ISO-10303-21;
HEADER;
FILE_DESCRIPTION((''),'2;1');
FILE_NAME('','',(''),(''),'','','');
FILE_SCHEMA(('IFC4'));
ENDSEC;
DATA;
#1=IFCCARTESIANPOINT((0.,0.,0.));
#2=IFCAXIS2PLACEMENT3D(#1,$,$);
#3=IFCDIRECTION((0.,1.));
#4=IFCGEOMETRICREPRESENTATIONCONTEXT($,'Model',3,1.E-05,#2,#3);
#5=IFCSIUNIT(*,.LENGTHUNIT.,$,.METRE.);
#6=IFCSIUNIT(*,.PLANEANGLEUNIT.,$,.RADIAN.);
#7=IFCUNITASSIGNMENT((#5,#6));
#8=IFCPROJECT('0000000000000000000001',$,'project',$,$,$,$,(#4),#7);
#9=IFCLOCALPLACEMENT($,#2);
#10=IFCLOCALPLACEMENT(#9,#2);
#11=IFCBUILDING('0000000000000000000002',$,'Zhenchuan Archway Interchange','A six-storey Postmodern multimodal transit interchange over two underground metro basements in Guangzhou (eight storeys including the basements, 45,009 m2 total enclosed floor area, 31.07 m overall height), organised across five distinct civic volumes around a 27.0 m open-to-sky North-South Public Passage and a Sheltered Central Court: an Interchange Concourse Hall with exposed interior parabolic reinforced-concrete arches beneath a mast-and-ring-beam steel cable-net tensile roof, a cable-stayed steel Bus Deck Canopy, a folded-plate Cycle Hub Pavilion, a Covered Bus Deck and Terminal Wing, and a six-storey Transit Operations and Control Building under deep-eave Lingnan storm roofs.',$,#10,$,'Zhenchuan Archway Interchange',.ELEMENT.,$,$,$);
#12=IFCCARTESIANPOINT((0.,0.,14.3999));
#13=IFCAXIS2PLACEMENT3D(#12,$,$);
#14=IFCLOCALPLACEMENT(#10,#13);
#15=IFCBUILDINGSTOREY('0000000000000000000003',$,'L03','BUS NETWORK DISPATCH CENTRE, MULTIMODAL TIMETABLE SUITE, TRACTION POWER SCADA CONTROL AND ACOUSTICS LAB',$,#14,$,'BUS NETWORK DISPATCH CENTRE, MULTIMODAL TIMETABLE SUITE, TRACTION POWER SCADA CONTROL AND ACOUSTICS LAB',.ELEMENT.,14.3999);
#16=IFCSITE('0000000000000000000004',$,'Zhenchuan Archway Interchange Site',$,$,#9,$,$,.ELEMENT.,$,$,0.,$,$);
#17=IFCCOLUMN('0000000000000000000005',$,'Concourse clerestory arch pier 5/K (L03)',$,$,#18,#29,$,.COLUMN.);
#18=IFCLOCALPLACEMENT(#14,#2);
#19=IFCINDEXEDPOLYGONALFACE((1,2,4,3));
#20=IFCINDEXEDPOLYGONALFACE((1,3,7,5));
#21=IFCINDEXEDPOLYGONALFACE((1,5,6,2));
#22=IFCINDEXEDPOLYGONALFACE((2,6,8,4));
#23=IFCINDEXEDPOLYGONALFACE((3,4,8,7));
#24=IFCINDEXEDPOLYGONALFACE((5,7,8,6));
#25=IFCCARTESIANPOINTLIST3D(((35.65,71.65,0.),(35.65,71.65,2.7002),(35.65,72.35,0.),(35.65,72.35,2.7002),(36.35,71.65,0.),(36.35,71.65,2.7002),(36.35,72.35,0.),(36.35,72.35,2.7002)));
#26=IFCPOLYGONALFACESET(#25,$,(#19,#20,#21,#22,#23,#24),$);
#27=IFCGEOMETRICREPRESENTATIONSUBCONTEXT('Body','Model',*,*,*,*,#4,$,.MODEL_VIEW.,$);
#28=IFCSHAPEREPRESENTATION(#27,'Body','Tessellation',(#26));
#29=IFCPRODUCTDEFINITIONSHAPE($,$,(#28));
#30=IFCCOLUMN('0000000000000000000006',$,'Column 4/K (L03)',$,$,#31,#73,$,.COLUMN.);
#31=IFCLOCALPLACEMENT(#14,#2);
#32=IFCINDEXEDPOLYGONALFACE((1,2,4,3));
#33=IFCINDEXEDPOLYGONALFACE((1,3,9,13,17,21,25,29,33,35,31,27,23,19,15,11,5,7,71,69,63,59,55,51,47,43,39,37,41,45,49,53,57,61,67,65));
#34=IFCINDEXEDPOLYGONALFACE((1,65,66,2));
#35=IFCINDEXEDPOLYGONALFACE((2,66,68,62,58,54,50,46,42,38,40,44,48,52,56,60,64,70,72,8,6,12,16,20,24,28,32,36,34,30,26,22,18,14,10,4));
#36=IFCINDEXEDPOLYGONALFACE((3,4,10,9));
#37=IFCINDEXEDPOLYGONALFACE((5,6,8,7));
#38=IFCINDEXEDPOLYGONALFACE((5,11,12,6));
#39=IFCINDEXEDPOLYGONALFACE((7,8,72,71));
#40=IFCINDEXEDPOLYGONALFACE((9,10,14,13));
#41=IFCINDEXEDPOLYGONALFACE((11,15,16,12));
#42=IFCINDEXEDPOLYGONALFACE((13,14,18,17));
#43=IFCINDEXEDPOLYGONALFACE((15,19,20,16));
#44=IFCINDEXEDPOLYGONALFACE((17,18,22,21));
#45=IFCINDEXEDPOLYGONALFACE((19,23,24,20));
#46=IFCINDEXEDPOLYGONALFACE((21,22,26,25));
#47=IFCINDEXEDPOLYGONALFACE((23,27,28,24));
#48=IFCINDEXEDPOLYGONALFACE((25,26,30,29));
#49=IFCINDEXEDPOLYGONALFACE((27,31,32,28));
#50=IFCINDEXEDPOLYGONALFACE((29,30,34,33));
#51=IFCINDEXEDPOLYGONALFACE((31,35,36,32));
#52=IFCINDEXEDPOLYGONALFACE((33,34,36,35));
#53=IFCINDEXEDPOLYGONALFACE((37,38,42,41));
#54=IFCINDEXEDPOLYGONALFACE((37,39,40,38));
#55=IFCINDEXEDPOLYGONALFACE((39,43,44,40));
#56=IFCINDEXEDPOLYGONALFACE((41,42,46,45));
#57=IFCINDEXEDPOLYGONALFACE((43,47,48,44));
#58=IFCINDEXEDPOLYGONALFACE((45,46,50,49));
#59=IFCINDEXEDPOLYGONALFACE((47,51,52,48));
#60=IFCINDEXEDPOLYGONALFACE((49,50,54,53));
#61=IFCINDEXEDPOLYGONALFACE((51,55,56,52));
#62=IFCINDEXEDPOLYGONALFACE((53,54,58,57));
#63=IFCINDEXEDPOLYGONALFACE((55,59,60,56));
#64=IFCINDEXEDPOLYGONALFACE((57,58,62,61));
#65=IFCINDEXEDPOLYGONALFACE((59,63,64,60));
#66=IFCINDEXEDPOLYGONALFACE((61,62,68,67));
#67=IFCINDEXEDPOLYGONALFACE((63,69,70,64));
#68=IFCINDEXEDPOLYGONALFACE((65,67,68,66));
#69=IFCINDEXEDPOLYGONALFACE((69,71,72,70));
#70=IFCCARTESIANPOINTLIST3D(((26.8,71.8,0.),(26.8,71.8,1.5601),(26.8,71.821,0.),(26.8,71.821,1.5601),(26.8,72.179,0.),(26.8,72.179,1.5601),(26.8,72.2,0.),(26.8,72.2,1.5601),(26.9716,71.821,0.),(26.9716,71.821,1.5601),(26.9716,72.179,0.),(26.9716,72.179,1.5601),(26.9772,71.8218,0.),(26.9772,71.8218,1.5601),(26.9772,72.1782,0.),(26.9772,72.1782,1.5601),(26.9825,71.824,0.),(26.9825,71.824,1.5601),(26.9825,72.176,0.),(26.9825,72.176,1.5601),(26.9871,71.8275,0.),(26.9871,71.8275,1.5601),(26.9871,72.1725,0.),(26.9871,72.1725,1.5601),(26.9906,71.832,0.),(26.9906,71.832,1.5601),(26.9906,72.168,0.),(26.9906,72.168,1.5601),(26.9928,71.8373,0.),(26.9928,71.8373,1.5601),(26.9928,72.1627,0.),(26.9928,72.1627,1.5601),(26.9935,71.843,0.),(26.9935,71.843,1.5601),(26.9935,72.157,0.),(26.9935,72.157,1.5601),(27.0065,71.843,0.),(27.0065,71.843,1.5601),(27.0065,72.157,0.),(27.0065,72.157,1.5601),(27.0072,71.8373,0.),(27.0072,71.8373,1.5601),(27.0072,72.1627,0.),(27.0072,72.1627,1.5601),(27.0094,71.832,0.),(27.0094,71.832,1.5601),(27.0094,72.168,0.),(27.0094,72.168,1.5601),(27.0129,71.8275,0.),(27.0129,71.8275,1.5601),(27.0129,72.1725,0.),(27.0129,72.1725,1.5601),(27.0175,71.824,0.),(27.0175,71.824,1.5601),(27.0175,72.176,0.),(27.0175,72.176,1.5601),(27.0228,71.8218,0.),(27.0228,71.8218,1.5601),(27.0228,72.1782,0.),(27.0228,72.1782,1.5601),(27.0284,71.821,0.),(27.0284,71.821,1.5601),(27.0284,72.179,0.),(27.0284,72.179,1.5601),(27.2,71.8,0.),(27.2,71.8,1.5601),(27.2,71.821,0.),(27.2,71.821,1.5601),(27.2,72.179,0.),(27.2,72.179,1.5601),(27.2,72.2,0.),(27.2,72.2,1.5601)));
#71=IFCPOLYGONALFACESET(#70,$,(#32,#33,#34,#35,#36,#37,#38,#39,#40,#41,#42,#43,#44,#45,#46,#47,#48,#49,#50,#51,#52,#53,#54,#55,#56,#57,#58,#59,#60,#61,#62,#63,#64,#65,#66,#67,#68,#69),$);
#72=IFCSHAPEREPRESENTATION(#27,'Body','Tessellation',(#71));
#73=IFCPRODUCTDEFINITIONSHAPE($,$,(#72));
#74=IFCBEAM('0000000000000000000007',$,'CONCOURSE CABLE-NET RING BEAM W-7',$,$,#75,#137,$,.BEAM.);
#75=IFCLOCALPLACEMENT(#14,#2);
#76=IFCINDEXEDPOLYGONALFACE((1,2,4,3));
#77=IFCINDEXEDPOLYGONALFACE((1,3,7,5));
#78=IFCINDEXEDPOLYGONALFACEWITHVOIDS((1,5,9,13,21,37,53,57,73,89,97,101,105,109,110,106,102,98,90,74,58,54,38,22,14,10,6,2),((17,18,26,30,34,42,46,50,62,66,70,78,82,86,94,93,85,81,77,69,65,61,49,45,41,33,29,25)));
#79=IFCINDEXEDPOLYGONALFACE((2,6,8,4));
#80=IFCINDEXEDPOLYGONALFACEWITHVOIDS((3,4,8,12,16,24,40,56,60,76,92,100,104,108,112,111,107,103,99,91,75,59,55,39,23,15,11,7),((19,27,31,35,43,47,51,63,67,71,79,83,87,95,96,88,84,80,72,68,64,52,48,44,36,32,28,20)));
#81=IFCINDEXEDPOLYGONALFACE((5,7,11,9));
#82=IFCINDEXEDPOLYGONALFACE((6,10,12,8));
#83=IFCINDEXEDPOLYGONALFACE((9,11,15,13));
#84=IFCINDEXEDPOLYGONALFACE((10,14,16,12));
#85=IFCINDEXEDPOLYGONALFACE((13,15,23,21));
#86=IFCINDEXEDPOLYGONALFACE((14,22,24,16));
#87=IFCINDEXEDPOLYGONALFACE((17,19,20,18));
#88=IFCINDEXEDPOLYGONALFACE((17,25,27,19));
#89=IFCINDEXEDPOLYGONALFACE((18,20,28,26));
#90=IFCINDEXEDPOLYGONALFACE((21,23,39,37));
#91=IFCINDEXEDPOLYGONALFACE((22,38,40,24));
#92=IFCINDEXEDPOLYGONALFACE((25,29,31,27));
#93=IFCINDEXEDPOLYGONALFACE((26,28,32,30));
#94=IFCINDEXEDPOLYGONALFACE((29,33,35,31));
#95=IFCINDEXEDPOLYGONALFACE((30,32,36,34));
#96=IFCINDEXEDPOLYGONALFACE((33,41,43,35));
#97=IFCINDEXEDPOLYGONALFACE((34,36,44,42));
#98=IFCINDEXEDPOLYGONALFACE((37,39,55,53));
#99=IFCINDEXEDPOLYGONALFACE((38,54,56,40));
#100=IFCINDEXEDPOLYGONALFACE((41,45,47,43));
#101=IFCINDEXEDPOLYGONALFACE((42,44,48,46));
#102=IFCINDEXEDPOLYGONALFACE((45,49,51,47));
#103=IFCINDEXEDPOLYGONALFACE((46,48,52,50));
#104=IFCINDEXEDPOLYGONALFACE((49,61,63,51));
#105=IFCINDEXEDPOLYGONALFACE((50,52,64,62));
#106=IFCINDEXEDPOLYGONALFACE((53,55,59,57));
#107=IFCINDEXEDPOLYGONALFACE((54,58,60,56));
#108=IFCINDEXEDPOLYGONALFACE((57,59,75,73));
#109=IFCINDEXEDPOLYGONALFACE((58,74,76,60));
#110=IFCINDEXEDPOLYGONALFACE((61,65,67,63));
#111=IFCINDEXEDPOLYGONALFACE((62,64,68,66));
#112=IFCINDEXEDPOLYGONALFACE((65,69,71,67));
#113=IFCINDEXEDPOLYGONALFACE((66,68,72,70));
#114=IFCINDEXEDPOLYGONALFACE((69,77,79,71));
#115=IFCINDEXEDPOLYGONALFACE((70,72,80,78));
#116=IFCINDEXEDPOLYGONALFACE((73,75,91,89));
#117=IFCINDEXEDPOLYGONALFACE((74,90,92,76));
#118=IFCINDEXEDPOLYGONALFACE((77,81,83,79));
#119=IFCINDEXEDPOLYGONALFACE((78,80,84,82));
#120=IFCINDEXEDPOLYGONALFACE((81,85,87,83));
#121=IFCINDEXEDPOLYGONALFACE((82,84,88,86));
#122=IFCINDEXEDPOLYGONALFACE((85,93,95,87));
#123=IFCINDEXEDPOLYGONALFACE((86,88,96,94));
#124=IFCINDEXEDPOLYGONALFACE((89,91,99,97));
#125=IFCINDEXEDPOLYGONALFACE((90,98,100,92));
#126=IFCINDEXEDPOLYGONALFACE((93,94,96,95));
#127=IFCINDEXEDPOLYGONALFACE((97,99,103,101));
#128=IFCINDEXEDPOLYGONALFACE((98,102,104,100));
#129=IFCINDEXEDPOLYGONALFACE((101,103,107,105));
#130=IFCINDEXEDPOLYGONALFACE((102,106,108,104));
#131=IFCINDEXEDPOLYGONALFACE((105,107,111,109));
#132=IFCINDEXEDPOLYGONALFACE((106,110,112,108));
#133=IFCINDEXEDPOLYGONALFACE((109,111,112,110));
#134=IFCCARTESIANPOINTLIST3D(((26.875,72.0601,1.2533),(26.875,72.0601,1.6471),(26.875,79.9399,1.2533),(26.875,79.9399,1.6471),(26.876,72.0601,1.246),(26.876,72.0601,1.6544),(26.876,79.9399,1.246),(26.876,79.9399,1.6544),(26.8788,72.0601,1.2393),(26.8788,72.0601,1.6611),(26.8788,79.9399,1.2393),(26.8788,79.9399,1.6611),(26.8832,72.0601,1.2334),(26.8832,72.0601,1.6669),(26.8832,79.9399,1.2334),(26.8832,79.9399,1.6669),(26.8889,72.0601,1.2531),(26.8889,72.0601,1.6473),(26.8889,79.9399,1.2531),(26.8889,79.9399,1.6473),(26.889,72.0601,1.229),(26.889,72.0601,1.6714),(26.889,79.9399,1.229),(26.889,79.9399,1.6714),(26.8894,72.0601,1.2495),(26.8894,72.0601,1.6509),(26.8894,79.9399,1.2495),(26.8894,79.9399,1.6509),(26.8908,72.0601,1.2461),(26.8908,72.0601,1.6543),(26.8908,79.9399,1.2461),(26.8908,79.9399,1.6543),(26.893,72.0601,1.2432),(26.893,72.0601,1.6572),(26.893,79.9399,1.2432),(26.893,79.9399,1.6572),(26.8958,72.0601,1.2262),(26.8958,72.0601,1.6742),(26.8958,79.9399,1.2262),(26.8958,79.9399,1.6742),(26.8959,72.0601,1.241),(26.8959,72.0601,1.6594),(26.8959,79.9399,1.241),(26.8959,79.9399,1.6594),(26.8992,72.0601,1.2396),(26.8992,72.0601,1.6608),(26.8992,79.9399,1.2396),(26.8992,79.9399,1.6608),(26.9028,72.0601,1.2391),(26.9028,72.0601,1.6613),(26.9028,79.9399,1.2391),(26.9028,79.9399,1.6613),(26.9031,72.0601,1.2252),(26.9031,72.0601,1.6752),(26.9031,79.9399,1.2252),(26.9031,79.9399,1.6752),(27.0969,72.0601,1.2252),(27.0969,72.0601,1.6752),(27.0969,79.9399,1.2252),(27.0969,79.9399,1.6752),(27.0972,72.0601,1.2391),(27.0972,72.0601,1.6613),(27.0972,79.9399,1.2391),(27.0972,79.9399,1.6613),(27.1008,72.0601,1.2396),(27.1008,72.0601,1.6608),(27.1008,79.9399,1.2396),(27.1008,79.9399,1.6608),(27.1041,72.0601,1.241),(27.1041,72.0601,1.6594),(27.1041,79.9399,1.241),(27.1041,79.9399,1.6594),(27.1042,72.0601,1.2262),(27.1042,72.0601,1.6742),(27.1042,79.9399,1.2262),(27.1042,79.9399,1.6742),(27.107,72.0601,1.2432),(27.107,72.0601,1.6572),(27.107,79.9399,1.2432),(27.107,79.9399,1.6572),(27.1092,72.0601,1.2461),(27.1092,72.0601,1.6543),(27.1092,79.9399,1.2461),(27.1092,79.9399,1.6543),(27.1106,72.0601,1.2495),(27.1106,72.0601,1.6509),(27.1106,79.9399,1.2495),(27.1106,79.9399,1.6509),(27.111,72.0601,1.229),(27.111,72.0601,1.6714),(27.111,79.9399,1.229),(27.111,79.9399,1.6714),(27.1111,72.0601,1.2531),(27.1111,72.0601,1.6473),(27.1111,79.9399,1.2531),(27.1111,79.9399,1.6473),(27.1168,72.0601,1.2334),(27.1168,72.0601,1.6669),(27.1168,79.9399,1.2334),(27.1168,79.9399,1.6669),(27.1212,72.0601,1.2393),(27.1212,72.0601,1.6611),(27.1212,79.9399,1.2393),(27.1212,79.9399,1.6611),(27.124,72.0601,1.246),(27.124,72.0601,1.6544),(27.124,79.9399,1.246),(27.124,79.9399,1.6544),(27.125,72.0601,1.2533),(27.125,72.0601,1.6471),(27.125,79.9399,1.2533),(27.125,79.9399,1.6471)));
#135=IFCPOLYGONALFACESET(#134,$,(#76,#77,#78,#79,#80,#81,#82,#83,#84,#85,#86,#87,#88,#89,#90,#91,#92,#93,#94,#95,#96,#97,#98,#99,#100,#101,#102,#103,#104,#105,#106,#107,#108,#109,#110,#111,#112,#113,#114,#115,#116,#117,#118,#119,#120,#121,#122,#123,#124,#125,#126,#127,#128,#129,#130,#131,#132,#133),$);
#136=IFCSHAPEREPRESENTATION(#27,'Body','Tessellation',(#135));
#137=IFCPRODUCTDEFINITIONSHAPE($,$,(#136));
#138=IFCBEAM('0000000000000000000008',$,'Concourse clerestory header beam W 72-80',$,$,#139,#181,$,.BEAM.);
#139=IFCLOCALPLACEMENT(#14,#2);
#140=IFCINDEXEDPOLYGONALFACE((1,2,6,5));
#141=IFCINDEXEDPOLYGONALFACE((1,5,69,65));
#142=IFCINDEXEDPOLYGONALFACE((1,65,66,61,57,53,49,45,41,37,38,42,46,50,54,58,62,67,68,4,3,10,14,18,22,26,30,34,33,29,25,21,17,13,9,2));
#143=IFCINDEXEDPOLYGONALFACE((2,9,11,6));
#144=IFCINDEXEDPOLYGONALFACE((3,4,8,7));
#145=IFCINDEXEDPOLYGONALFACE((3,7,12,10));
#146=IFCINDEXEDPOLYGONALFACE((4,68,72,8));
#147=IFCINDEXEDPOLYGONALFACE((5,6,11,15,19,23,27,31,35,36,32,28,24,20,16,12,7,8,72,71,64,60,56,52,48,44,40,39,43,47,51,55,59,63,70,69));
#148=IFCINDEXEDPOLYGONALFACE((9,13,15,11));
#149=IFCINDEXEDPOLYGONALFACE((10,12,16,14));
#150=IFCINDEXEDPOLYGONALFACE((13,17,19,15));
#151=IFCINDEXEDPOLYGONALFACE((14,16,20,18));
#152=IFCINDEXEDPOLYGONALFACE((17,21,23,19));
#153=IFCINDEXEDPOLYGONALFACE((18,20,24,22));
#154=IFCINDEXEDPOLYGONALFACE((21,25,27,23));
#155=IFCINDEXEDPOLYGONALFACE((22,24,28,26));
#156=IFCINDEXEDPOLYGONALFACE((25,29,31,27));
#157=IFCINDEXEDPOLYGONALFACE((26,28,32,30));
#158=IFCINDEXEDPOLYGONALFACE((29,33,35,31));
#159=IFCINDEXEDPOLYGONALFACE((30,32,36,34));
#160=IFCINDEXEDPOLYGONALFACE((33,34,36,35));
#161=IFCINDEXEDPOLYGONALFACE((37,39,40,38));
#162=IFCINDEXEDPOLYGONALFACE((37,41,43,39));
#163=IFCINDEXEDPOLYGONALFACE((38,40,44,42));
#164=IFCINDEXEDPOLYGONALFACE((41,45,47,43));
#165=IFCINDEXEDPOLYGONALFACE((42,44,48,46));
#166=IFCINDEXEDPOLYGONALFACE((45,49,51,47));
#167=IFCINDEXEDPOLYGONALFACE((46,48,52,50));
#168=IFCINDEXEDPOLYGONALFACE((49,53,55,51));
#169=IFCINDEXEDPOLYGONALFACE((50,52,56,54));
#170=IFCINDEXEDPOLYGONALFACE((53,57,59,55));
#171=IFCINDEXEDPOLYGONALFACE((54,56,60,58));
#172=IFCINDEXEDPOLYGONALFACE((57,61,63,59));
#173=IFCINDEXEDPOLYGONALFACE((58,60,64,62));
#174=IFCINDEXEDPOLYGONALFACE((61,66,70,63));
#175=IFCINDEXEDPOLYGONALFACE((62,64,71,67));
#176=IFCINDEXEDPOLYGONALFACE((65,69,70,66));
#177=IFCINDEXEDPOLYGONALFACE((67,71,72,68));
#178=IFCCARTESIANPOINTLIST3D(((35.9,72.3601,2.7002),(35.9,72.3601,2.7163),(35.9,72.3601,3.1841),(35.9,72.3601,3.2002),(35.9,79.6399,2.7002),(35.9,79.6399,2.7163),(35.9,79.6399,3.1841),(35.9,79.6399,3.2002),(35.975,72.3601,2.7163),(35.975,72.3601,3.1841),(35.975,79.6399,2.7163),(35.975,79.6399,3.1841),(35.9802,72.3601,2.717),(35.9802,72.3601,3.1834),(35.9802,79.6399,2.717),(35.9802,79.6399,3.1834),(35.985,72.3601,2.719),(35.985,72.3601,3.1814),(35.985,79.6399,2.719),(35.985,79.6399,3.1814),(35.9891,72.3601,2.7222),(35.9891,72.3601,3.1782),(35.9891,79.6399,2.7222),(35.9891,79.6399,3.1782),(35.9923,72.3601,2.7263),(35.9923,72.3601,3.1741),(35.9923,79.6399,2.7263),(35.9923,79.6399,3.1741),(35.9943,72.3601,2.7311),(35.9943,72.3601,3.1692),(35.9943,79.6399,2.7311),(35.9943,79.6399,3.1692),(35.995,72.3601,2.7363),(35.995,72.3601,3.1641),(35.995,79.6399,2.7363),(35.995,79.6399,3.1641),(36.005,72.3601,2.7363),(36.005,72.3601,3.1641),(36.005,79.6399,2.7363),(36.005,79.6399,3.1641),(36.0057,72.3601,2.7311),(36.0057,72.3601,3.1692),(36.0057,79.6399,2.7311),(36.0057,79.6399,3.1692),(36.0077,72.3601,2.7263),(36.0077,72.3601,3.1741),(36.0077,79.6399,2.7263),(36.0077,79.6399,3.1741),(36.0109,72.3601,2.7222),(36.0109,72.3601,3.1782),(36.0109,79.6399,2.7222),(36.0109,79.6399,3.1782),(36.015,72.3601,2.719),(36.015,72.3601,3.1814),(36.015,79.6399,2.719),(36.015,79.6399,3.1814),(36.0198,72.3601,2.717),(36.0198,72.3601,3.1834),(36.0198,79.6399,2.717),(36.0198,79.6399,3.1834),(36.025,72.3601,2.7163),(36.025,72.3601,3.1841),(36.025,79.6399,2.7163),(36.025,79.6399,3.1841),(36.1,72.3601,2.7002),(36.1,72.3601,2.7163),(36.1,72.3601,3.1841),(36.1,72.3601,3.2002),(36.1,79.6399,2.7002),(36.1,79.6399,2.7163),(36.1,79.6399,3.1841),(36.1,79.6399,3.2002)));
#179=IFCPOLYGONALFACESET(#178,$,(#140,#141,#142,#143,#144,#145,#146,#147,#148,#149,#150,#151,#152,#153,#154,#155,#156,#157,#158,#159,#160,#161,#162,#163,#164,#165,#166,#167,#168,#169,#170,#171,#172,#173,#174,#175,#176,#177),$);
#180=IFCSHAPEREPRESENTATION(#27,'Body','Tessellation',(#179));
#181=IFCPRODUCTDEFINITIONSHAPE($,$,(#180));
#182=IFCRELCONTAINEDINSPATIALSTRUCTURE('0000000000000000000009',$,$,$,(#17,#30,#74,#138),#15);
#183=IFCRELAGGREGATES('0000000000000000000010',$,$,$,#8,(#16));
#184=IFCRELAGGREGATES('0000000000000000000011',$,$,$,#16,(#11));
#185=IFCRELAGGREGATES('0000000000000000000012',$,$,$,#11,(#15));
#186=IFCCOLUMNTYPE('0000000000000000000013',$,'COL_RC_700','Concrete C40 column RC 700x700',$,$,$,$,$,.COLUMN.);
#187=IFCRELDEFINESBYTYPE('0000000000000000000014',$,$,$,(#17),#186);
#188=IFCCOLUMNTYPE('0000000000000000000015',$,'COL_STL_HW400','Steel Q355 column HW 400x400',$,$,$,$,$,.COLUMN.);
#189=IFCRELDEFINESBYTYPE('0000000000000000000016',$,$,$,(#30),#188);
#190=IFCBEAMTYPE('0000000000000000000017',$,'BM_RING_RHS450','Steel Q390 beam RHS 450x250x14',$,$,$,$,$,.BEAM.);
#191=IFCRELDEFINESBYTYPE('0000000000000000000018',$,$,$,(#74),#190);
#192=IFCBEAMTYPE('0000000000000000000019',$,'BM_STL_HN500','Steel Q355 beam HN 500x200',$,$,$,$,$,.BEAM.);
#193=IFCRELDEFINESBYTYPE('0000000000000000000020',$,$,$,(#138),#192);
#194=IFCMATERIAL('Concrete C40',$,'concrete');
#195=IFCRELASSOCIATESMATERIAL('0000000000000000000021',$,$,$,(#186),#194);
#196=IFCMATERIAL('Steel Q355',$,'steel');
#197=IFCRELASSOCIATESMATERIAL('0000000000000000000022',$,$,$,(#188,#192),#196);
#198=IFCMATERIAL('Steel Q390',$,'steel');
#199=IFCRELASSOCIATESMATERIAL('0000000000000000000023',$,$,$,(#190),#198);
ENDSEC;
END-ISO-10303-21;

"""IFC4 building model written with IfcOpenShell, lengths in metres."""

from ifc_helpers import new_model, si_unit, direction, frame, origin, origin_2d, place, context, subcontext, project, spatial, rectangle, hollow_rectangle, i_section, extrude, material, material_profile, profile_set, type_object, element, save


model = new_model("IFC4")

# Units and contexts
model_context = context("Model", 3, precision=1e-05, world=origin(), true_north=direction((0.0, 1.0)))
body_context = subcontext(model_context, "Body", "Model", "MODEL_VIEW")
ifc_project = project(units=[si_unit("LENGTHUNIT", "METRE"), si_unit("PLANEANGLEUNIT", "RADIAN")], contexts=[model_context])

# Site, building, storey
site_placement = place(None, origin())
site = spatial("IfcSite", under=ifc_project, at=site_placement, Name="Zhenchuan Archway Interchange Site", CompositionType="ELEMENT", RefElevation=0.0)
building_placement = place(site_placement, origin())
building = spatial("IfcBuilding", under=site, at=building_placement, Name="Zhenchuan Archway Interchange", Description="A six-storey Postmodern multimodal transit interchange over two underground metro basements in Guangzhou (eight storeys including the basements, 45,009 m2 total enclosed floor area, 31.07 m overall height), organised across five distinct civic volumes around a 27.0 m open-to-sky North-South Public Passage and a Sheltered Central Court: an Interchange Concourse Hall with exposed interior parabolic reinforced-concrete arches beneath a mast-and-ring-beam steel cable-net tensile roof, a cable-stayed steel Bus Deck Canopy, a folded-plate Cycle Hub Pavilion, a Covered Bus Deck and Terminal Wing, and a six-storey Transit Operations and Control Building under deep-eave Lingnan storm roofs.", LongName="Zhenchuan Archway Interchange", CompositionType="ELEMENT")
storey_placement = place(building_placement, frame((0.0, 0.0, 14.3999)))
storey = spatial("IfcBuildingStorey", under=building, at=storey_placement, Name="L03", Description="BUS NETWORK DISPATCH CENTRE, MULTIMODAL TIMETABLE SUITE, TRACTION POWER SCADA CONTROL AND ACOUSTICS LAB", LongName="BUS NETWORK DISPATCH CENTRE, MULTIMODAL TIMETABLE SUITE, TRACTION POWER SCADA CONTROL AND ACOUSTICS LAB", CompositionType="ELEMENT", Elevation=14.3999)

# Columns
ifc_material_1 = material(Name="Concrete C40", Category="concrete")
ifc_material_profile_1 = material_profile(ifc_material_1, rectangle(XDim=0.7, YDim=0.7, at=origin_2d()), Name="RC 700x700")
ifc_profile_set_1 = profile_set([ifc_material_profile_1], Name="Concrete C40")
column_type_1 = type_object("IfcColumnType", Name="COL_RC_700", Description="Concrete C40 column RC 700x700", PredefinedType="COLUMN", material=ifc_profile_set_1)
column_1_placement = place(storey_placement, frame((36.0, 72.0, 0.0), z_axis=(0.0, 0.0, 1.0), x_axis=(1.0, 0.0, 0.0)))
element("IfcColumn", 1, at=column_1_placement, inside=storey, type_object=column_type_1, Name="Concourse clerestory arch pier 5/K (L03)", PredefinedType="COLUMN", context=body_context, shape_type="SweptSolid", body=[
    extrude(rectangle(XDim=0.7, YDim=0.7, at=origin_2d()), origin(), (0.0, 0.0, 1.0), 2.7002),
])
ifc_material_2 = material(Name="Steel Q355", Category="steel")
ifc_material_profile_2 = material_profile(ifc_material_2, i_section(OverallWidth=0.3999, OverallDepth=0.3999, WebThickness=0.0129, FlangeThickness=0.021, FilletRadius=0.022, at=origin_2d()), Name="HW 400x400")
ifc_profile_set_2 = profile_set([ifc_material_profile_2], Name="Steel Q355")
column_type_2 = type_object("IfcColumnType", Name="COL_STL_HW400", Description="Steel Q355 column HW 400x400", PredefinedType="COLUMN", material=ifc_profile_set_2)
column_2_placement = place(storey_placement, frame((27.0, 72.0, 0.0), z_axis=(0.0, 0.0, 1.0), x_axis=(1.0, 0.0, 0.0)))
element("IfcColumn", 2, at=column_2_placement, inside=storey, type_object=column_type_2, Name="Column 4/K (L03)", PredefinedType="COLUMN", context=body_context, shape_type="SweptSolid", body=[
    extrude(i_section(OverallWidth=0.3999, OverallDepth=0.3999, WebThickness=0.0129, FlangeThickness=0.021, FilletRadius=0.022, at=origin_2d()), origin(), (0.0, 0.0, 1.0), 1.5601),
])

# Beams
ifc_material_3 = material(Name="Steel Q390", Category="steel")
ifc_material_profile_3 = material_profile(ifc_material_3, hollow_rectangle(XDim=0.25, YDim=0.45, WallThickness=0.0139, InnerFilletRadius=0.0139, OuterFilletRadius=0.0281, at=origin_2d()), Name="RHS 450x250x14")
ifc_profile_set_3 = profile_set([ifc_material_profile_3], Name="Steel Q390")
beam_type_1 = type_object("IfcBeamType", Name="BM_RING_RHS450", Description="Steel Q390 beam RHS 450x250x14", PredefinedType="BEAM", material=ifc_profile_set_3)
beam_1_placement = place(storey_placement, frame((27.0, 72.0601, 1.4502), z_axis=(0.0, 1.0, 0.0), x_axis=(-1.0, 0.0, 0.0)))
element("IfcBeam", 3, at=beam_1_placement, inside=storey, type_object=beam_type_1, Name="CONCOURSE CABLE-NET RING BEAM W-7", PredefinedType="BEAM", context=body_context, shape_type="SweptSolid", body=[
    extrude(hollow_rectangle(XDim=0.25, YDim=0.45, WallThickness=0.0139, InnerFilletRadius=0.0139, OuterFilletRadius=0.0281, at=origin_2d()), origin(), (0.0, 0.0, 1.0), 7.8799),
])
ifc_material_profile_4 = material_profile(ifc_material_2, i_section(OverallWidth=0.2, OverallDepth=0.5, WebThickness=0.01, FlangeThickness=0.0161, FilletRadius=0.02, at=origin_2d()), Name="HN 500x200")
ifc_profile_set_4 = profile_set([ifc_material_profile_4], Name="Steel Q355")
beam_type_2 = type_object("IfcBeamType", Name="BM_STL_HN500", Description="Steel Q355 beam HN 500x200", PredefinedType="BEAM", material=ifc_profile_set_4)
beam_2_placement = place(storey_placement, frame((36.0, 72.3601, 2.9502), z_axis=(0.0, 1.0, 0.0), x_axis=(-1.0, 0.0, 0.0)))
element("IfcBeam", 4, at=beam_2_placement, inside=storey, type_object=beam_type_2, Name="Concourse clerestory header beam W 72-80", PredefinedType="BEAM", context=body_context, shape_type="SweptSolid", body=[
    extrude(i_section(OverallWidth=0.2, OverallDepth=0.5, WebThickness=0.01, FlangeThickness=0.0161, FilletRadius=0.02, at=origin_2d()), origin(), (0.0, 0.0, 1.0), 7.2798),
])

save(model, "model.ifc")
